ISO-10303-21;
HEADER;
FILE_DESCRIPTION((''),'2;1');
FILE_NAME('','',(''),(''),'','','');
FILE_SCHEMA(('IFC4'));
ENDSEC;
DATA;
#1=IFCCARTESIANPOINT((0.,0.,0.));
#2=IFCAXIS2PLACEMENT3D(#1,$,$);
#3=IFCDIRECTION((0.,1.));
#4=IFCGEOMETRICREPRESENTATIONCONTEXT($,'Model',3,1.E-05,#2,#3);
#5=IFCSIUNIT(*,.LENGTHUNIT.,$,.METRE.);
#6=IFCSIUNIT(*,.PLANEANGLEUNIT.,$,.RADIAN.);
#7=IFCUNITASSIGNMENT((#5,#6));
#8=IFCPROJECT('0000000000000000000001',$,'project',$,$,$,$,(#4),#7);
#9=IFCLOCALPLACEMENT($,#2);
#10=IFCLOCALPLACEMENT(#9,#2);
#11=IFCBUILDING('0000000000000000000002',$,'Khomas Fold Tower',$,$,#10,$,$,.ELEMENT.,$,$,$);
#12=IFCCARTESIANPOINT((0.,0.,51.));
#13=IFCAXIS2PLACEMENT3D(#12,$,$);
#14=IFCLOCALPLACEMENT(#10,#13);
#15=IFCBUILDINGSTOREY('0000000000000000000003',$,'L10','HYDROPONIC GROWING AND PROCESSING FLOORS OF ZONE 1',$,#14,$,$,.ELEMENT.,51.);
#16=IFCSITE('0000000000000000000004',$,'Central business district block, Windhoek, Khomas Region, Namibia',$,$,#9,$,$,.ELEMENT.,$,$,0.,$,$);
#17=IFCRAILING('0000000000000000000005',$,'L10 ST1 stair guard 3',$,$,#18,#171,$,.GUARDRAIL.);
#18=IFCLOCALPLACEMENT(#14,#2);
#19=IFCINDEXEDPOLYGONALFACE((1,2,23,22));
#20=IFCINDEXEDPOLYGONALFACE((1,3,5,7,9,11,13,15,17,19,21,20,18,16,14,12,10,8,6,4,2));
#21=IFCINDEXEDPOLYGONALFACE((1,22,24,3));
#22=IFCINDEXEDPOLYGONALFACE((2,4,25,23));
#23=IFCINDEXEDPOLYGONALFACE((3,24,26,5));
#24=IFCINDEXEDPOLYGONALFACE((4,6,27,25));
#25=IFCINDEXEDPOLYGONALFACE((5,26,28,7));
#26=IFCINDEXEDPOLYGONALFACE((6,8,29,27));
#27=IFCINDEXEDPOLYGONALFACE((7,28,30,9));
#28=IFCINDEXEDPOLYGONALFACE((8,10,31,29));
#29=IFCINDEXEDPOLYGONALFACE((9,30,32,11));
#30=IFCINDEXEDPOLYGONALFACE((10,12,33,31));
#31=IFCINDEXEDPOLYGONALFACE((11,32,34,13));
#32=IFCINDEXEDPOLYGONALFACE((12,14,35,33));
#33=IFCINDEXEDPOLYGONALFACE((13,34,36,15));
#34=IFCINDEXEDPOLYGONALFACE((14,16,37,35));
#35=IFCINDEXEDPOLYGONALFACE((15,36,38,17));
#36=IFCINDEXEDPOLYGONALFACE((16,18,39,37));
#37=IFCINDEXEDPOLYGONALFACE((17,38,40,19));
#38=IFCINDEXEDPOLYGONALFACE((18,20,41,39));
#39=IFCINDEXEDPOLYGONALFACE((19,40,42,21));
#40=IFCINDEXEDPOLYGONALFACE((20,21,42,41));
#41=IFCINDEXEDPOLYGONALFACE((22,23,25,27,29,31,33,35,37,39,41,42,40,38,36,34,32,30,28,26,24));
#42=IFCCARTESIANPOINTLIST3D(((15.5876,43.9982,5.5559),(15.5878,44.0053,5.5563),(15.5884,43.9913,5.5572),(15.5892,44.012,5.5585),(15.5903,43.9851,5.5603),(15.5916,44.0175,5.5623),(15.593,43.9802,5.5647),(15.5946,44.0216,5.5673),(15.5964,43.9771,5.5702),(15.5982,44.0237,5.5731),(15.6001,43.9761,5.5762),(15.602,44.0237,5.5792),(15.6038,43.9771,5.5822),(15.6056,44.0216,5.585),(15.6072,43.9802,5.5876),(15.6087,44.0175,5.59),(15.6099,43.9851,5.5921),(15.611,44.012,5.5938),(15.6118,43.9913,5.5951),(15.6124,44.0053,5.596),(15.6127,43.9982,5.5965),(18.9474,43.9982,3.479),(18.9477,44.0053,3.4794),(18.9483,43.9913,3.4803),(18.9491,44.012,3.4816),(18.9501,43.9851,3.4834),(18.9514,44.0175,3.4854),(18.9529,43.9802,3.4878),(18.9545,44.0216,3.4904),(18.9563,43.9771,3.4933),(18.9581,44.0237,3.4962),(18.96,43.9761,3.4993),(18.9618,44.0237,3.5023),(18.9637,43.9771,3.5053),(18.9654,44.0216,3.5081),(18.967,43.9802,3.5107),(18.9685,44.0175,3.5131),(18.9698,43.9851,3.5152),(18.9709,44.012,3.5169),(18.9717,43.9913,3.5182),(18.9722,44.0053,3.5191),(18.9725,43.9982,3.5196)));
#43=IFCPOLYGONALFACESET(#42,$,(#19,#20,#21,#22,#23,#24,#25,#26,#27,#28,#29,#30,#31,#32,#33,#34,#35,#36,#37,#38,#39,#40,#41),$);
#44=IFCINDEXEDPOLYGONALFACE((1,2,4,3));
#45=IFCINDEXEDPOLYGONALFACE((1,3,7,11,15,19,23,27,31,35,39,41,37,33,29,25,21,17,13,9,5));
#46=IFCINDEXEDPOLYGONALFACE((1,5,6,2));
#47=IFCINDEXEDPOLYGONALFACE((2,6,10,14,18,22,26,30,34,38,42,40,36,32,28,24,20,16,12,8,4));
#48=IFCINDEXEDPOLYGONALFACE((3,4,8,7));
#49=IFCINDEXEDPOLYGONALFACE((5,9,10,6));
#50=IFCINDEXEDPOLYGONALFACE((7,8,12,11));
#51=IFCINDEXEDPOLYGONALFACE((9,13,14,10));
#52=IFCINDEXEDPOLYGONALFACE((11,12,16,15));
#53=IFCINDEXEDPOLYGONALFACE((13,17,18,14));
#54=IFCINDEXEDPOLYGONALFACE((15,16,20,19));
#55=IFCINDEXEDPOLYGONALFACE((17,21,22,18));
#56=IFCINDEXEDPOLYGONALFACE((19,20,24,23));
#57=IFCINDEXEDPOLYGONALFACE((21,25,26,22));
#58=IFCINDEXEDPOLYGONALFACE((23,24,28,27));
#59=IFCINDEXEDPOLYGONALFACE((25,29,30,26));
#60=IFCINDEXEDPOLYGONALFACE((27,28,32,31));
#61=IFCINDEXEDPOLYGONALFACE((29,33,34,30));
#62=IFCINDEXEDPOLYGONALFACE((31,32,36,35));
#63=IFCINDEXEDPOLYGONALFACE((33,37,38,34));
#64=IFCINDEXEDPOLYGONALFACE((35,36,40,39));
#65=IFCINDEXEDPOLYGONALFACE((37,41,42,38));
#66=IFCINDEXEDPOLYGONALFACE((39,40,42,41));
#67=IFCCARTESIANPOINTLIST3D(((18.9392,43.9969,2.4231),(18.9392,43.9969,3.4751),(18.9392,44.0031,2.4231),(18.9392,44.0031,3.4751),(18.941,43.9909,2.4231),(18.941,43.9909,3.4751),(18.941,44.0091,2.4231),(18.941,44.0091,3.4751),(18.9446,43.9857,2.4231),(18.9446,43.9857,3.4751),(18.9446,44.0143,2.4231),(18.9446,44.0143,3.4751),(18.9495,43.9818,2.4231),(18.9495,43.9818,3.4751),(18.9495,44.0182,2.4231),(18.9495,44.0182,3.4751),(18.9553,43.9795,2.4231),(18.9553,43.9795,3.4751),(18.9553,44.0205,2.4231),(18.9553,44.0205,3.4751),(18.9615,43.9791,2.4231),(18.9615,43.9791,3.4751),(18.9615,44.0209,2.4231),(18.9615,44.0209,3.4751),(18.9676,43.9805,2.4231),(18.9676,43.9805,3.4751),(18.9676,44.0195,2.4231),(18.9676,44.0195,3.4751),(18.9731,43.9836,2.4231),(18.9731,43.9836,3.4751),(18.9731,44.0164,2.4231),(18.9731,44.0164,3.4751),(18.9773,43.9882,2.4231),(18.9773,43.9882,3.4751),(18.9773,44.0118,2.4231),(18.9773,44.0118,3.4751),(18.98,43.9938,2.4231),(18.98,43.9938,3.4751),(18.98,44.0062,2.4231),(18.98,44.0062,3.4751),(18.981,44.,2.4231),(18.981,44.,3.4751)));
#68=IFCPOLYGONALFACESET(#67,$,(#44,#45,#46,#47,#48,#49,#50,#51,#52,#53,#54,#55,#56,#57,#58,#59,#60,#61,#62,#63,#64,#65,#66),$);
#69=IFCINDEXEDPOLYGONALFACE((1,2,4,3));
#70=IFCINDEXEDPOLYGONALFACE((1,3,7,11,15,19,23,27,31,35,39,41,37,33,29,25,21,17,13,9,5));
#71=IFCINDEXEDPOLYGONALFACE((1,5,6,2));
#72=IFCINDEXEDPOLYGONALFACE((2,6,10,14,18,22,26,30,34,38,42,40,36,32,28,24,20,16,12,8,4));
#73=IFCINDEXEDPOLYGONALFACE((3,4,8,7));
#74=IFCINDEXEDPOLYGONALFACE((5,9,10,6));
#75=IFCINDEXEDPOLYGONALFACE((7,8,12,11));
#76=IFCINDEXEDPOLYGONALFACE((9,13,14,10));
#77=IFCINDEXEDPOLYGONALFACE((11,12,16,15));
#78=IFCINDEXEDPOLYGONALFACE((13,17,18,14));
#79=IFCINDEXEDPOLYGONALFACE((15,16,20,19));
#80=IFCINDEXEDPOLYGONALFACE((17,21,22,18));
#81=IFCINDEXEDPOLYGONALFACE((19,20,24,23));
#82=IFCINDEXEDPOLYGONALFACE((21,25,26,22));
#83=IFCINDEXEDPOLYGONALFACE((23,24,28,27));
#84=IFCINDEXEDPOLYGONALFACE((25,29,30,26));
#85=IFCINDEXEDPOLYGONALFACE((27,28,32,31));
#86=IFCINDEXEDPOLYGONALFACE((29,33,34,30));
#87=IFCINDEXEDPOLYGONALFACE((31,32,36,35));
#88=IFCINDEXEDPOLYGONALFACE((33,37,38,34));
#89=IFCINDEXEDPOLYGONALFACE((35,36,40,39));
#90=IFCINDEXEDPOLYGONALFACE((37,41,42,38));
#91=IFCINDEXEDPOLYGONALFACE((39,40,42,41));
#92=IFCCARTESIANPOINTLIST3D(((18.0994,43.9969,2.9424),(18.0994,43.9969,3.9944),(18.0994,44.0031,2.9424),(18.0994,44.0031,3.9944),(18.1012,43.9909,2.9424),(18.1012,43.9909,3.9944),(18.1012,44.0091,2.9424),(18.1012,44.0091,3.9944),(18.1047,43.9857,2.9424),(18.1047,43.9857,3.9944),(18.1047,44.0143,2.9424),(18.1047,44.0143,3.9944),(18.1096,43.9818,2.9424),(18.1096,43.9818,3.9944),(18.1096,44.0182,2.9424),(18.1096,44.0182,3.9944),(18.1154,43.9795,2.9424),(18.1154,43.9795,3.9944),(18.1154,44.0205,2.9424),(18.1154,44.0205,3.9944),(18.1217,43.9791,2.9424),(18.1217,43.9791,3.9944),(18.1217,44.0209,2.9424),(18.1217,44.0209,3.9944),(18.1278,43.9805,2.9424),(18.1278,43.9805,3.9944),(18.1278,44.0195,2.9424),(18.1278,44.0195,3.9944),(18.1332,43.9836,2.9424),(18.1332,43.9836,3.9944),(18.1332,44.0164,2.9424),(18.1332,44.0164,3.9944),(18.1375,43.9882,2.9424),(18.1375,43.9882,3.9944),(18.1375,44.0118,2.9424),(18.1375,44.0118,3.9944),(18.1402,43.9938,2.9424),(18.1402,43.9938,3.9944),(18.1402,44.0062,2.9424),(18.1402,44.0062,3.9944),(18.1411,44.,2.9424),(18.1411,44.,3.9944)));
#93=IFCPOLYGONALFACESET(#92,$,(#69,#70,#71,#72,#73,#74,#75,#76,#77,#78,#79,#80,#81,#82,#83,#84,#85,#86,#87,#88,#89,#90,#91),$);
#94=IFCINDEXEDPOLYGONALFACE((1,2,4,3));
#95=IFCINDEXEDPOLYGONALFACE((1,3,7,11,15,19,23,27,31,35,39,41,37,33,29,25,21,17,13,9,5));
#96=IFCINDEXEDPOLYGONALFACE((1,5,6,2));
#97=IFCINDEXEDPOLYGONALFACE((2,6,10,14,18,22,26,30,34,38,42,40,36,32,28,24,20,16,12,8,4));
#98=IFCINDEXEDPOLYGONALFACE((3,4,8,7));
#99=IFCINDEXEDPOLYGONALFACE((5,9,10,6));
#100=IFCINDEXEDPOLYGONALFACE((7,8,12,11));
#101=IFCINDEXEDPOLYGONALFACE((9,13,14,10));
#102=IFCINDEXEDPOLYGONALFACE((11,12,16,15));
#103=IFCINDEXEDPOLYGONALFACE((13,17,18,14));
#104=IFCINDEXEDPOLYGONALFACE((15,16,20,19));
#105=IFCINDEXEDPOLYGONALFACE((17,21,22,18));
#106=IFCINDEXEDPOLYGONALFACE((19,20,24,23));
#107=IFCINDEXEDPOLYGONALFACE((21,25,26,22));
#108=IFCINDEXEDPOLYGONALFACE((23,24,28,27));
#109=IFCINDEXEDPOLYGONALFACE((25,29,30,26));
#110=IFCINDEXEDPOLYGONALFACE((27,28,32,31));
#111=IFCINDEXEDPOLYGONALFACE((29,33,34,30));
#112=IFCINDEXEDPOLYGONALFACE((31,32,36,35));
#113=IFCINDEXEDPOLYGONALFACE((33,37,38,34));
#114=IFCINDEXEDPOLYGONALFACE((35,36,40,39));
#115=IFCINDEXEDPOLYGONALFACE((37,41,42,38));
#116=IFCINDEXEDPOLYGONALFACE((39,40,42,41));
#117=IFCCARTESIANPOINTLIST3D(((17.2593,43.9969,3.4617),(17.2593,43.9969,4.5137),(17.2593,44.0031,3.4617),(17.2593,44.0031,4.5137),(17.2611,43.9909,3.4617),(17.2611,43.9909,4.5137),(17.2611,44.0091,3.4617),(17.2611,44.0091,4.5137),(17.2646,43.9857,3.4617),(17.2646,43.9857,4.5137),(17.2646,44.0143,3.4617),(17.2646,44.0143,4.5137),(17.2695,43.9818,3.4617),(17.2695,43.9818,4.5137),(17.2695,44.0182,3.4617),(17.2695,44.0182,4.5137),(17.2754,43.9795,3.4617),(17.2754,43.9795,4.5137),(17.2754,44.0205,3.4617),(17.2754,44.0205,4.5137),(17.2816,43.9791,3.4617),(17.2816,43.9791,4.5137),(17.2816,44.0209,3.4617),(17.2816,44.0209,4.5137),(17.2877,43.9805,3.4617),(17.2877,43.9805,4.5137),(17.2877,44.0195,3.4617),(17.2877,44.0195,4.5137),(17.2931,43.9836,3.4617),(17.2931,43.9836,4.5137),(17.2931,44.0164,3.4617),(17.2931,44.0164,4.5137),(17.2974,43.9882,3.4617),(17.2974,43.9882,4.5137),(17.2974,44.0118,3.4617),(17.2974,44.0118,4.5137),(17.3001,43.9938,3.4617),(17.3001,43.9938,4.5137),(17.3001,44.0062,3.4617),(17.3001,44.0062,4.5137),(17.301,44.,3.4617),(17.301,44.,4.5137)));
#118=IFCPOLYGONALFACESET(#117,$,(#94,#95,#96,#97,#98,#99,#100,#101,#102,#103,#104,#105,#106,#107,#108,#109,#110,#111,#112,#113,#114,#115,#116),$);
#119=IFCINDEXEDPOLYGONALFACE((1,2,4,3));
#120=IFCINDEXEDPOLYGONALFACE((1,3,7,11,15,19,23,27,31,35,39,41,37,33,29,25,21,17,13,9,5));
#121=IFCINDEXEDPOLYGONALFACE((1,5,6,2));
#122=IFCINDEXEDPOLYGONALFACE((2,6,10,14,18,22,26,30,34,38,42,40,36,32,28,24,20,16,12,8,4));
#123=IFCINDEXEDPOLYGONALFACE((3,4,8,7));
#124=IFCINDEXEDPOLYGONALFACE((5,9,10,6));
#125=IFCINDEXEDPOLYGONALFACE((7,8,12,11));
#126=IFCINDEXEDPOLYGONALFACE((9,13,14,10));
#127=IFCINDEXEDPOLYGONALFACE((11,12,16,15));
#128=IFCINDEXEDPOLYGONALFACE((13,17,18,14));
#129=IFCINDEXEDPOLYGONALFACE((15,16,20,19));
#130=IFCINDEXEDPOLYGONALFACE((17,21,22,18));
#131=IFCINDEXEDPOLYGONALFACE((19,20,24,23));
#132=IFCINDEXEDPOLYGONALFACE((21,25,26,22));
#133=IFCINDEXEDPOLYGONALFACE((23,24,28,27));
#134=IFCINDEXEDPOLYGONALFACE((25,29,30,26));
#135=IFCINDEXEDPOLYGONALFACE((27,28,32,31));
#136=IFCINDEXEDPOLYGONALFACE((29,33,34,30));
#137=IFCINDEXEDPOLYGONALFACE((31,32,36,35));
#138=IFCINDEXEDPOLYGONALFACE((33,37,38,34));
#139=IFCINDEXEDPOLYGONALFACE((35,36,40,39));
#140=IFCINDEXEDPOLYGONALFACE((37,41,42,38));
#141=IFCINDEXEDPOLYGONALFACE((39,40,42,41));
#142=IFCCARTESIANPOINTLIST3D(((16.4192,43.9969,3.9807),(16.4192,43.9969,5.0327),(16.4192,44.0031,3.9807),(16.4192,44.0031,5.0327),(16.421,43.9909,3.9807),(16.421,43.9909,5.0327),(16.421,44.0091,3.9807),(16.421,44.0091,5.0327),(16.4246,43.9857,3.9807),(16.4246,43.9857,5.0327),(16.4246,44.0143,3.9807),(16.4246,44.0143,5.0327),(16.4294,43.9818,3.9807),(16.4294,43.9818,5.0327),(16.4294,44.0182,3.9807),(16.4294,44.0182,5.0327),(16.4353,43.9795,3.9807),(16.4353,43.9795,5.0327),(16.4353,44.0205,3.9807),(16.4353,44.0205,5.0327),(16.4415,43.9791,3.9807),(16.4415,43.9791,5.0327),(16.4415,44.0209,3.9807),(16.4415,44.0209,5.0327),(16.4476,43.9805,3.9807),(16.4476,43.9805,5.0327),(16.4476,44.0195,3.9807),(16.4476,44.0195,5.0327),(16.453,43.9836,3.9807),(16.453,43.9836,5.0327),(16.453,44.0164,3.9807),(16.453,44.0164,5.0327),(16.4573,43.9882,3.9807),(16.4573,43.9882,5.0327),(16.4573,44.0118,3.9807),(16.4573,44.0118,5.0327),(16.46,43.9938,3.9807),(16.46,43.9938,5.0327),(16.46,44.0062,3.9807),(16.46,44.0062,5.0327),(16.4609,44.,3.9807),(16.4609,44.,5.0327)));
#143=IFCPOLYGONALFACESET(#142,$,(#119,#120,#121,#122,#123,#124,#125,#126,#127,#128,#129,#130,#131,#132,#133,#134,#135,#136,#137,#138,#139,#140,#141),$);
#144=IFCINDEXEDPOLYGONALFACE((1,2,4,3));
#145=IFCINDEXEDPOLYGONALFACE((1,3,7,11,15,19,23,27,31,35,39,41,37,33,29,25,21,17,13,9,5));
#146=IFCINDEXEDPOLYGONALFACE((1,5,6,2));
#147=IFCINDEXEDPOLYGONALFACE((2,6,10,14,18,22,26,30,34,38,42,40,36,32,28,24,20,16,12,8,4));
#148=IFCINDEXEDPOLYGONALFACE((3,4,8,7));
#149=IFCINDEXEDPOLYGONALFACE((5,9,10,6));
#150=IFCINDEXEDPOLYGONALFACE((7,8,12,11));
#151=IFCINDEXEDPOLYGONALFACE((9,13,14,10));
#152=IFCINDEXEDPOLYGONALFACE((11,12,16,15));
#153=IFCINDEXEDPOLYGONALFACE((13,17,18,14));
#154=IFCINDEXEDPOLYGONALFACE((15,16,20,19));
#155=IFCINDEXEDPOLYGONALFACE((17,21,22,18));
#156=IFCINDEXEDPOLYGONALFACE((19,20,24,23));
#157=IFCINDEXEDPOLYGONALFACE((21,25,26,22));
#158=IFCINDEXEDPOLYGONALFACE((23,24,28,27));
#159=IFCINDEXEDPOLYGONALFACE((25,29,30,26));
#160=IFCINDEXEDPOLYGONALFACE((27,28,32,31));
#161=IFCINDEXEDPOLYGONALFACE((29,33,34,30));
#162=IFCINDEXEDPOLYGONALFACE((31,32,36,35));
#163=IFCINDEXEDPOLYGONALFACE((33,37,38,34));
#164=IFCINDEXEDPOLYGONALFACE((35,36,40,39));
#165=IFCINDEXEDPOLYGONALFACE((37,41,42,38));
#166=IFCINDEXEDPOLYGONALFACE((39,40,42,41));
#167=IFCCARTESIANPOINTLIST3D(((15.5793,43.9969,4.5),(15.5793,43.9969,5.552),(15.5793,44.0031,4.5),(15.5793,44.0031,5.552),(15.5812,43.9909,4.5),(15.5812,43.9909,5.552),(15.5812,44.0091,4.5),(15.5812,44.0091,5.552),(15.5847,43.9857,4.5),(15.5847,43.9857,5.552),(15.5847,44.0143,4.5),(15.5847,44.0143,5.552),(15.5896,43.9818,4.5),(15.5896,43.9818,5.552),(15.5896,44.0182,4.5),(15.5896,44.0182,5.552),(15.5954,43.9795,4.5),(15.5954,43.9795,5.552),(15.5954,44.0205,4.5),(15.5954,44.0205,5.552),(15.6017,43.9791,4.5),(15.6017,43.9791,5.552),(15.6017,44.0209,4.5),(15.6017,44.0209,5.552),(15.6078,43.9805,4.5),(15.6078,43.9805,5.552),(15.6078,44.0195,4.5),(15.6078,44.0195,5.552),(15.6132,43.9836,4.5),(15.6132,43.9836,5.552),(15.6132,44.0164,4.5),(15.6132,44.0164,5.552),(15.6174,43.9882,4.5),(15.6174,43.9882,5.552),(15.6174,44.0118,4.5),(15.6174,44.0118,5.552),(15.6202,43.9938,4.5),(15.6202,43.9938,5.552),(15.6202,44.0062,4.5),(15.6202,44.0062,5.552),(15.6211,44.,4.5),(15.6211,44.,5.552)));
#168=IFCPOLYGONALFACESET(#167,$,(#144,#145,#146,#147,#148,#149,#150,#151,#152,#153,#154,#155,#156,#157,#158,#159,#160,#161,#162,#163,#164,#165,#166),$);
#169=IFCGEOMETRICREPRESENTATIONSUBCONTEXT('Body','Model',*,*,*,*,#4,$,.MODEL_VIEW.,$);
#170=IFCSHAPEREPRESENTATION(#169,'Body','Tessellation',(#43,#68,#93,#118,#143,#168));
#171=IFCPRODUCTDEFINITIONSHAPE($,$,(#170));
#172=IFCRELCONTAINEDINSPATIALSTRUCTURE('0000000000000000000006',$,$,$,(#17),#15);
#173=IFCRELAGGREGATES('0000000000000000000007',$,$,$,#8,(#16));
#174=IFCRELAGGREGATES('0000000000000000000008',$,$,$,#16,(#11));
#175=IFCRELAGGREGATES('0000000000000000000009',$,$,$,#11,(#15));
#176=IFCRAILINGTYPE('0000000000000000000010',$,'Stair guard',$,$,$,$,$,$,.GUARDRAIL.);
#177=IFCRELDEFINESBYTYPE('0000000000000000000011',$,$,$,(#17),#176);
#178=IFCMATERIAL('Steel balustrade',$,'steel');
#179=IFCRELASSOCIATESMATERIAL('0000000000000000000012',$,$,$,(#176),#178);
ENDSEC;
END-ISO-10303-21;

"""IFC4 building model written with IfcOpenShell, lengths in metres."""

from ifc_helpers import new_model, si_unit, direction, frame, origin, origin_2d, place, context, subcontext, project, spatial, circle, extrude, source, transform, mapped, material, type_object, element, save


model = new_model("IFC4")

# Units and contexts
model_context = context("Model", 3, precision=1e-05, world=origin(), true_north=direction((0.0, 1.0)))
body_context = subcontext(model_context, "Body", "Model", "MODEL_VIEW")
ifc_project = project(units=[si_unit("LENGTHUNIT", "METRE"), si_unit("PLANEANGLEUNIT", "RADIAN")], contexts=[model_context])

# Site, building, storey
site_placement = place(None, origin())
site = spatial("IfcSite", under=ifc_project, at=site_placement, Name="Central business district block, Windhoek, Khomas Region, Namibia", CompositionType="ELEMENT", RefElevation=0.0)
building_placement = place(site_placement, origin())
building = spatial("IfcBuilding", under=site, at=building_placement, Name="Khomas Fold Tower", CompositionType="ELEMENT")
storey_placement = place(building_placement, frame((0.0, 0.0, 51.0)))
storey = spatial("IfcBuildingStorey", under=building, at=storey_placement, Name="L10", Description="HYDROPONIC GROWING AND PROCESSING FLOORS OF ZONE 1", CompositionType="ELEMENT", Elevation=51.0)

# Railing
ifc_material_1 = material(Name="Steel balustrade", Category="steel")
railing_type_1 = type_object("IfcRailingType", Name="Stair guard", PredefinedType="GUARDRAIL", material=ifc_material_1)
shared_shape_1 = source(origin(), body_context, "Body", "SweptSolid", [
    extrude(circle(Radius=0.0239, at=origin_2d()), frame((0.0, 0.0, 1.0762), z_axis=(-0.850606, 0.0, 0.525803), x_axis=(0.0, -1.0, 0.0)), (0.0, 0.0, 1.0), 3.95),
    extrude(circle(Radius=0.021, at=origin_2d()), origin(), (0.0, 0.0, 1.0), 1.052),
    extrude(circle(Radius=0.021, at=origin_2d()), frame((-0.8398, 0.0, 0.5193)), (0.0, 0.0, 1.0), 1.052),
    extrude(circle(Radius=0.021, at=origin_2d()), frame((-1.6799, 0.0, 1.0386)), (0.0, 0.0, 1.0), 1.052),
    extrude(circle(Radius=0.021, at=origin_2d()), frame((-2.52, 0.0, 1.5576)), (0.0, 0.0, 1.0), 1.052),
    extrude(circle(Radius=0.021, at=origin_2d()), frame((-3.3599, 0.0, 2.0769)), (0.0, 0.0, 1.0), 1.052),
])
railing_1_placement = place(storey_placement, frame((18.96, 44.0, 2.4231)))
element("IfcRailing", 1, at=railing_1_placement, inside=storey, type_object=railing_type_1, Name="L10 ST1 stair guard 3", PredefinedType="GUARDRAIL", context=body_context, shape_type="MappedRepresentation", body=[
    mapped(shared_shape_1, transform((0.0, 0.0, 0.0))),
])

save(model, "model.ifc")
